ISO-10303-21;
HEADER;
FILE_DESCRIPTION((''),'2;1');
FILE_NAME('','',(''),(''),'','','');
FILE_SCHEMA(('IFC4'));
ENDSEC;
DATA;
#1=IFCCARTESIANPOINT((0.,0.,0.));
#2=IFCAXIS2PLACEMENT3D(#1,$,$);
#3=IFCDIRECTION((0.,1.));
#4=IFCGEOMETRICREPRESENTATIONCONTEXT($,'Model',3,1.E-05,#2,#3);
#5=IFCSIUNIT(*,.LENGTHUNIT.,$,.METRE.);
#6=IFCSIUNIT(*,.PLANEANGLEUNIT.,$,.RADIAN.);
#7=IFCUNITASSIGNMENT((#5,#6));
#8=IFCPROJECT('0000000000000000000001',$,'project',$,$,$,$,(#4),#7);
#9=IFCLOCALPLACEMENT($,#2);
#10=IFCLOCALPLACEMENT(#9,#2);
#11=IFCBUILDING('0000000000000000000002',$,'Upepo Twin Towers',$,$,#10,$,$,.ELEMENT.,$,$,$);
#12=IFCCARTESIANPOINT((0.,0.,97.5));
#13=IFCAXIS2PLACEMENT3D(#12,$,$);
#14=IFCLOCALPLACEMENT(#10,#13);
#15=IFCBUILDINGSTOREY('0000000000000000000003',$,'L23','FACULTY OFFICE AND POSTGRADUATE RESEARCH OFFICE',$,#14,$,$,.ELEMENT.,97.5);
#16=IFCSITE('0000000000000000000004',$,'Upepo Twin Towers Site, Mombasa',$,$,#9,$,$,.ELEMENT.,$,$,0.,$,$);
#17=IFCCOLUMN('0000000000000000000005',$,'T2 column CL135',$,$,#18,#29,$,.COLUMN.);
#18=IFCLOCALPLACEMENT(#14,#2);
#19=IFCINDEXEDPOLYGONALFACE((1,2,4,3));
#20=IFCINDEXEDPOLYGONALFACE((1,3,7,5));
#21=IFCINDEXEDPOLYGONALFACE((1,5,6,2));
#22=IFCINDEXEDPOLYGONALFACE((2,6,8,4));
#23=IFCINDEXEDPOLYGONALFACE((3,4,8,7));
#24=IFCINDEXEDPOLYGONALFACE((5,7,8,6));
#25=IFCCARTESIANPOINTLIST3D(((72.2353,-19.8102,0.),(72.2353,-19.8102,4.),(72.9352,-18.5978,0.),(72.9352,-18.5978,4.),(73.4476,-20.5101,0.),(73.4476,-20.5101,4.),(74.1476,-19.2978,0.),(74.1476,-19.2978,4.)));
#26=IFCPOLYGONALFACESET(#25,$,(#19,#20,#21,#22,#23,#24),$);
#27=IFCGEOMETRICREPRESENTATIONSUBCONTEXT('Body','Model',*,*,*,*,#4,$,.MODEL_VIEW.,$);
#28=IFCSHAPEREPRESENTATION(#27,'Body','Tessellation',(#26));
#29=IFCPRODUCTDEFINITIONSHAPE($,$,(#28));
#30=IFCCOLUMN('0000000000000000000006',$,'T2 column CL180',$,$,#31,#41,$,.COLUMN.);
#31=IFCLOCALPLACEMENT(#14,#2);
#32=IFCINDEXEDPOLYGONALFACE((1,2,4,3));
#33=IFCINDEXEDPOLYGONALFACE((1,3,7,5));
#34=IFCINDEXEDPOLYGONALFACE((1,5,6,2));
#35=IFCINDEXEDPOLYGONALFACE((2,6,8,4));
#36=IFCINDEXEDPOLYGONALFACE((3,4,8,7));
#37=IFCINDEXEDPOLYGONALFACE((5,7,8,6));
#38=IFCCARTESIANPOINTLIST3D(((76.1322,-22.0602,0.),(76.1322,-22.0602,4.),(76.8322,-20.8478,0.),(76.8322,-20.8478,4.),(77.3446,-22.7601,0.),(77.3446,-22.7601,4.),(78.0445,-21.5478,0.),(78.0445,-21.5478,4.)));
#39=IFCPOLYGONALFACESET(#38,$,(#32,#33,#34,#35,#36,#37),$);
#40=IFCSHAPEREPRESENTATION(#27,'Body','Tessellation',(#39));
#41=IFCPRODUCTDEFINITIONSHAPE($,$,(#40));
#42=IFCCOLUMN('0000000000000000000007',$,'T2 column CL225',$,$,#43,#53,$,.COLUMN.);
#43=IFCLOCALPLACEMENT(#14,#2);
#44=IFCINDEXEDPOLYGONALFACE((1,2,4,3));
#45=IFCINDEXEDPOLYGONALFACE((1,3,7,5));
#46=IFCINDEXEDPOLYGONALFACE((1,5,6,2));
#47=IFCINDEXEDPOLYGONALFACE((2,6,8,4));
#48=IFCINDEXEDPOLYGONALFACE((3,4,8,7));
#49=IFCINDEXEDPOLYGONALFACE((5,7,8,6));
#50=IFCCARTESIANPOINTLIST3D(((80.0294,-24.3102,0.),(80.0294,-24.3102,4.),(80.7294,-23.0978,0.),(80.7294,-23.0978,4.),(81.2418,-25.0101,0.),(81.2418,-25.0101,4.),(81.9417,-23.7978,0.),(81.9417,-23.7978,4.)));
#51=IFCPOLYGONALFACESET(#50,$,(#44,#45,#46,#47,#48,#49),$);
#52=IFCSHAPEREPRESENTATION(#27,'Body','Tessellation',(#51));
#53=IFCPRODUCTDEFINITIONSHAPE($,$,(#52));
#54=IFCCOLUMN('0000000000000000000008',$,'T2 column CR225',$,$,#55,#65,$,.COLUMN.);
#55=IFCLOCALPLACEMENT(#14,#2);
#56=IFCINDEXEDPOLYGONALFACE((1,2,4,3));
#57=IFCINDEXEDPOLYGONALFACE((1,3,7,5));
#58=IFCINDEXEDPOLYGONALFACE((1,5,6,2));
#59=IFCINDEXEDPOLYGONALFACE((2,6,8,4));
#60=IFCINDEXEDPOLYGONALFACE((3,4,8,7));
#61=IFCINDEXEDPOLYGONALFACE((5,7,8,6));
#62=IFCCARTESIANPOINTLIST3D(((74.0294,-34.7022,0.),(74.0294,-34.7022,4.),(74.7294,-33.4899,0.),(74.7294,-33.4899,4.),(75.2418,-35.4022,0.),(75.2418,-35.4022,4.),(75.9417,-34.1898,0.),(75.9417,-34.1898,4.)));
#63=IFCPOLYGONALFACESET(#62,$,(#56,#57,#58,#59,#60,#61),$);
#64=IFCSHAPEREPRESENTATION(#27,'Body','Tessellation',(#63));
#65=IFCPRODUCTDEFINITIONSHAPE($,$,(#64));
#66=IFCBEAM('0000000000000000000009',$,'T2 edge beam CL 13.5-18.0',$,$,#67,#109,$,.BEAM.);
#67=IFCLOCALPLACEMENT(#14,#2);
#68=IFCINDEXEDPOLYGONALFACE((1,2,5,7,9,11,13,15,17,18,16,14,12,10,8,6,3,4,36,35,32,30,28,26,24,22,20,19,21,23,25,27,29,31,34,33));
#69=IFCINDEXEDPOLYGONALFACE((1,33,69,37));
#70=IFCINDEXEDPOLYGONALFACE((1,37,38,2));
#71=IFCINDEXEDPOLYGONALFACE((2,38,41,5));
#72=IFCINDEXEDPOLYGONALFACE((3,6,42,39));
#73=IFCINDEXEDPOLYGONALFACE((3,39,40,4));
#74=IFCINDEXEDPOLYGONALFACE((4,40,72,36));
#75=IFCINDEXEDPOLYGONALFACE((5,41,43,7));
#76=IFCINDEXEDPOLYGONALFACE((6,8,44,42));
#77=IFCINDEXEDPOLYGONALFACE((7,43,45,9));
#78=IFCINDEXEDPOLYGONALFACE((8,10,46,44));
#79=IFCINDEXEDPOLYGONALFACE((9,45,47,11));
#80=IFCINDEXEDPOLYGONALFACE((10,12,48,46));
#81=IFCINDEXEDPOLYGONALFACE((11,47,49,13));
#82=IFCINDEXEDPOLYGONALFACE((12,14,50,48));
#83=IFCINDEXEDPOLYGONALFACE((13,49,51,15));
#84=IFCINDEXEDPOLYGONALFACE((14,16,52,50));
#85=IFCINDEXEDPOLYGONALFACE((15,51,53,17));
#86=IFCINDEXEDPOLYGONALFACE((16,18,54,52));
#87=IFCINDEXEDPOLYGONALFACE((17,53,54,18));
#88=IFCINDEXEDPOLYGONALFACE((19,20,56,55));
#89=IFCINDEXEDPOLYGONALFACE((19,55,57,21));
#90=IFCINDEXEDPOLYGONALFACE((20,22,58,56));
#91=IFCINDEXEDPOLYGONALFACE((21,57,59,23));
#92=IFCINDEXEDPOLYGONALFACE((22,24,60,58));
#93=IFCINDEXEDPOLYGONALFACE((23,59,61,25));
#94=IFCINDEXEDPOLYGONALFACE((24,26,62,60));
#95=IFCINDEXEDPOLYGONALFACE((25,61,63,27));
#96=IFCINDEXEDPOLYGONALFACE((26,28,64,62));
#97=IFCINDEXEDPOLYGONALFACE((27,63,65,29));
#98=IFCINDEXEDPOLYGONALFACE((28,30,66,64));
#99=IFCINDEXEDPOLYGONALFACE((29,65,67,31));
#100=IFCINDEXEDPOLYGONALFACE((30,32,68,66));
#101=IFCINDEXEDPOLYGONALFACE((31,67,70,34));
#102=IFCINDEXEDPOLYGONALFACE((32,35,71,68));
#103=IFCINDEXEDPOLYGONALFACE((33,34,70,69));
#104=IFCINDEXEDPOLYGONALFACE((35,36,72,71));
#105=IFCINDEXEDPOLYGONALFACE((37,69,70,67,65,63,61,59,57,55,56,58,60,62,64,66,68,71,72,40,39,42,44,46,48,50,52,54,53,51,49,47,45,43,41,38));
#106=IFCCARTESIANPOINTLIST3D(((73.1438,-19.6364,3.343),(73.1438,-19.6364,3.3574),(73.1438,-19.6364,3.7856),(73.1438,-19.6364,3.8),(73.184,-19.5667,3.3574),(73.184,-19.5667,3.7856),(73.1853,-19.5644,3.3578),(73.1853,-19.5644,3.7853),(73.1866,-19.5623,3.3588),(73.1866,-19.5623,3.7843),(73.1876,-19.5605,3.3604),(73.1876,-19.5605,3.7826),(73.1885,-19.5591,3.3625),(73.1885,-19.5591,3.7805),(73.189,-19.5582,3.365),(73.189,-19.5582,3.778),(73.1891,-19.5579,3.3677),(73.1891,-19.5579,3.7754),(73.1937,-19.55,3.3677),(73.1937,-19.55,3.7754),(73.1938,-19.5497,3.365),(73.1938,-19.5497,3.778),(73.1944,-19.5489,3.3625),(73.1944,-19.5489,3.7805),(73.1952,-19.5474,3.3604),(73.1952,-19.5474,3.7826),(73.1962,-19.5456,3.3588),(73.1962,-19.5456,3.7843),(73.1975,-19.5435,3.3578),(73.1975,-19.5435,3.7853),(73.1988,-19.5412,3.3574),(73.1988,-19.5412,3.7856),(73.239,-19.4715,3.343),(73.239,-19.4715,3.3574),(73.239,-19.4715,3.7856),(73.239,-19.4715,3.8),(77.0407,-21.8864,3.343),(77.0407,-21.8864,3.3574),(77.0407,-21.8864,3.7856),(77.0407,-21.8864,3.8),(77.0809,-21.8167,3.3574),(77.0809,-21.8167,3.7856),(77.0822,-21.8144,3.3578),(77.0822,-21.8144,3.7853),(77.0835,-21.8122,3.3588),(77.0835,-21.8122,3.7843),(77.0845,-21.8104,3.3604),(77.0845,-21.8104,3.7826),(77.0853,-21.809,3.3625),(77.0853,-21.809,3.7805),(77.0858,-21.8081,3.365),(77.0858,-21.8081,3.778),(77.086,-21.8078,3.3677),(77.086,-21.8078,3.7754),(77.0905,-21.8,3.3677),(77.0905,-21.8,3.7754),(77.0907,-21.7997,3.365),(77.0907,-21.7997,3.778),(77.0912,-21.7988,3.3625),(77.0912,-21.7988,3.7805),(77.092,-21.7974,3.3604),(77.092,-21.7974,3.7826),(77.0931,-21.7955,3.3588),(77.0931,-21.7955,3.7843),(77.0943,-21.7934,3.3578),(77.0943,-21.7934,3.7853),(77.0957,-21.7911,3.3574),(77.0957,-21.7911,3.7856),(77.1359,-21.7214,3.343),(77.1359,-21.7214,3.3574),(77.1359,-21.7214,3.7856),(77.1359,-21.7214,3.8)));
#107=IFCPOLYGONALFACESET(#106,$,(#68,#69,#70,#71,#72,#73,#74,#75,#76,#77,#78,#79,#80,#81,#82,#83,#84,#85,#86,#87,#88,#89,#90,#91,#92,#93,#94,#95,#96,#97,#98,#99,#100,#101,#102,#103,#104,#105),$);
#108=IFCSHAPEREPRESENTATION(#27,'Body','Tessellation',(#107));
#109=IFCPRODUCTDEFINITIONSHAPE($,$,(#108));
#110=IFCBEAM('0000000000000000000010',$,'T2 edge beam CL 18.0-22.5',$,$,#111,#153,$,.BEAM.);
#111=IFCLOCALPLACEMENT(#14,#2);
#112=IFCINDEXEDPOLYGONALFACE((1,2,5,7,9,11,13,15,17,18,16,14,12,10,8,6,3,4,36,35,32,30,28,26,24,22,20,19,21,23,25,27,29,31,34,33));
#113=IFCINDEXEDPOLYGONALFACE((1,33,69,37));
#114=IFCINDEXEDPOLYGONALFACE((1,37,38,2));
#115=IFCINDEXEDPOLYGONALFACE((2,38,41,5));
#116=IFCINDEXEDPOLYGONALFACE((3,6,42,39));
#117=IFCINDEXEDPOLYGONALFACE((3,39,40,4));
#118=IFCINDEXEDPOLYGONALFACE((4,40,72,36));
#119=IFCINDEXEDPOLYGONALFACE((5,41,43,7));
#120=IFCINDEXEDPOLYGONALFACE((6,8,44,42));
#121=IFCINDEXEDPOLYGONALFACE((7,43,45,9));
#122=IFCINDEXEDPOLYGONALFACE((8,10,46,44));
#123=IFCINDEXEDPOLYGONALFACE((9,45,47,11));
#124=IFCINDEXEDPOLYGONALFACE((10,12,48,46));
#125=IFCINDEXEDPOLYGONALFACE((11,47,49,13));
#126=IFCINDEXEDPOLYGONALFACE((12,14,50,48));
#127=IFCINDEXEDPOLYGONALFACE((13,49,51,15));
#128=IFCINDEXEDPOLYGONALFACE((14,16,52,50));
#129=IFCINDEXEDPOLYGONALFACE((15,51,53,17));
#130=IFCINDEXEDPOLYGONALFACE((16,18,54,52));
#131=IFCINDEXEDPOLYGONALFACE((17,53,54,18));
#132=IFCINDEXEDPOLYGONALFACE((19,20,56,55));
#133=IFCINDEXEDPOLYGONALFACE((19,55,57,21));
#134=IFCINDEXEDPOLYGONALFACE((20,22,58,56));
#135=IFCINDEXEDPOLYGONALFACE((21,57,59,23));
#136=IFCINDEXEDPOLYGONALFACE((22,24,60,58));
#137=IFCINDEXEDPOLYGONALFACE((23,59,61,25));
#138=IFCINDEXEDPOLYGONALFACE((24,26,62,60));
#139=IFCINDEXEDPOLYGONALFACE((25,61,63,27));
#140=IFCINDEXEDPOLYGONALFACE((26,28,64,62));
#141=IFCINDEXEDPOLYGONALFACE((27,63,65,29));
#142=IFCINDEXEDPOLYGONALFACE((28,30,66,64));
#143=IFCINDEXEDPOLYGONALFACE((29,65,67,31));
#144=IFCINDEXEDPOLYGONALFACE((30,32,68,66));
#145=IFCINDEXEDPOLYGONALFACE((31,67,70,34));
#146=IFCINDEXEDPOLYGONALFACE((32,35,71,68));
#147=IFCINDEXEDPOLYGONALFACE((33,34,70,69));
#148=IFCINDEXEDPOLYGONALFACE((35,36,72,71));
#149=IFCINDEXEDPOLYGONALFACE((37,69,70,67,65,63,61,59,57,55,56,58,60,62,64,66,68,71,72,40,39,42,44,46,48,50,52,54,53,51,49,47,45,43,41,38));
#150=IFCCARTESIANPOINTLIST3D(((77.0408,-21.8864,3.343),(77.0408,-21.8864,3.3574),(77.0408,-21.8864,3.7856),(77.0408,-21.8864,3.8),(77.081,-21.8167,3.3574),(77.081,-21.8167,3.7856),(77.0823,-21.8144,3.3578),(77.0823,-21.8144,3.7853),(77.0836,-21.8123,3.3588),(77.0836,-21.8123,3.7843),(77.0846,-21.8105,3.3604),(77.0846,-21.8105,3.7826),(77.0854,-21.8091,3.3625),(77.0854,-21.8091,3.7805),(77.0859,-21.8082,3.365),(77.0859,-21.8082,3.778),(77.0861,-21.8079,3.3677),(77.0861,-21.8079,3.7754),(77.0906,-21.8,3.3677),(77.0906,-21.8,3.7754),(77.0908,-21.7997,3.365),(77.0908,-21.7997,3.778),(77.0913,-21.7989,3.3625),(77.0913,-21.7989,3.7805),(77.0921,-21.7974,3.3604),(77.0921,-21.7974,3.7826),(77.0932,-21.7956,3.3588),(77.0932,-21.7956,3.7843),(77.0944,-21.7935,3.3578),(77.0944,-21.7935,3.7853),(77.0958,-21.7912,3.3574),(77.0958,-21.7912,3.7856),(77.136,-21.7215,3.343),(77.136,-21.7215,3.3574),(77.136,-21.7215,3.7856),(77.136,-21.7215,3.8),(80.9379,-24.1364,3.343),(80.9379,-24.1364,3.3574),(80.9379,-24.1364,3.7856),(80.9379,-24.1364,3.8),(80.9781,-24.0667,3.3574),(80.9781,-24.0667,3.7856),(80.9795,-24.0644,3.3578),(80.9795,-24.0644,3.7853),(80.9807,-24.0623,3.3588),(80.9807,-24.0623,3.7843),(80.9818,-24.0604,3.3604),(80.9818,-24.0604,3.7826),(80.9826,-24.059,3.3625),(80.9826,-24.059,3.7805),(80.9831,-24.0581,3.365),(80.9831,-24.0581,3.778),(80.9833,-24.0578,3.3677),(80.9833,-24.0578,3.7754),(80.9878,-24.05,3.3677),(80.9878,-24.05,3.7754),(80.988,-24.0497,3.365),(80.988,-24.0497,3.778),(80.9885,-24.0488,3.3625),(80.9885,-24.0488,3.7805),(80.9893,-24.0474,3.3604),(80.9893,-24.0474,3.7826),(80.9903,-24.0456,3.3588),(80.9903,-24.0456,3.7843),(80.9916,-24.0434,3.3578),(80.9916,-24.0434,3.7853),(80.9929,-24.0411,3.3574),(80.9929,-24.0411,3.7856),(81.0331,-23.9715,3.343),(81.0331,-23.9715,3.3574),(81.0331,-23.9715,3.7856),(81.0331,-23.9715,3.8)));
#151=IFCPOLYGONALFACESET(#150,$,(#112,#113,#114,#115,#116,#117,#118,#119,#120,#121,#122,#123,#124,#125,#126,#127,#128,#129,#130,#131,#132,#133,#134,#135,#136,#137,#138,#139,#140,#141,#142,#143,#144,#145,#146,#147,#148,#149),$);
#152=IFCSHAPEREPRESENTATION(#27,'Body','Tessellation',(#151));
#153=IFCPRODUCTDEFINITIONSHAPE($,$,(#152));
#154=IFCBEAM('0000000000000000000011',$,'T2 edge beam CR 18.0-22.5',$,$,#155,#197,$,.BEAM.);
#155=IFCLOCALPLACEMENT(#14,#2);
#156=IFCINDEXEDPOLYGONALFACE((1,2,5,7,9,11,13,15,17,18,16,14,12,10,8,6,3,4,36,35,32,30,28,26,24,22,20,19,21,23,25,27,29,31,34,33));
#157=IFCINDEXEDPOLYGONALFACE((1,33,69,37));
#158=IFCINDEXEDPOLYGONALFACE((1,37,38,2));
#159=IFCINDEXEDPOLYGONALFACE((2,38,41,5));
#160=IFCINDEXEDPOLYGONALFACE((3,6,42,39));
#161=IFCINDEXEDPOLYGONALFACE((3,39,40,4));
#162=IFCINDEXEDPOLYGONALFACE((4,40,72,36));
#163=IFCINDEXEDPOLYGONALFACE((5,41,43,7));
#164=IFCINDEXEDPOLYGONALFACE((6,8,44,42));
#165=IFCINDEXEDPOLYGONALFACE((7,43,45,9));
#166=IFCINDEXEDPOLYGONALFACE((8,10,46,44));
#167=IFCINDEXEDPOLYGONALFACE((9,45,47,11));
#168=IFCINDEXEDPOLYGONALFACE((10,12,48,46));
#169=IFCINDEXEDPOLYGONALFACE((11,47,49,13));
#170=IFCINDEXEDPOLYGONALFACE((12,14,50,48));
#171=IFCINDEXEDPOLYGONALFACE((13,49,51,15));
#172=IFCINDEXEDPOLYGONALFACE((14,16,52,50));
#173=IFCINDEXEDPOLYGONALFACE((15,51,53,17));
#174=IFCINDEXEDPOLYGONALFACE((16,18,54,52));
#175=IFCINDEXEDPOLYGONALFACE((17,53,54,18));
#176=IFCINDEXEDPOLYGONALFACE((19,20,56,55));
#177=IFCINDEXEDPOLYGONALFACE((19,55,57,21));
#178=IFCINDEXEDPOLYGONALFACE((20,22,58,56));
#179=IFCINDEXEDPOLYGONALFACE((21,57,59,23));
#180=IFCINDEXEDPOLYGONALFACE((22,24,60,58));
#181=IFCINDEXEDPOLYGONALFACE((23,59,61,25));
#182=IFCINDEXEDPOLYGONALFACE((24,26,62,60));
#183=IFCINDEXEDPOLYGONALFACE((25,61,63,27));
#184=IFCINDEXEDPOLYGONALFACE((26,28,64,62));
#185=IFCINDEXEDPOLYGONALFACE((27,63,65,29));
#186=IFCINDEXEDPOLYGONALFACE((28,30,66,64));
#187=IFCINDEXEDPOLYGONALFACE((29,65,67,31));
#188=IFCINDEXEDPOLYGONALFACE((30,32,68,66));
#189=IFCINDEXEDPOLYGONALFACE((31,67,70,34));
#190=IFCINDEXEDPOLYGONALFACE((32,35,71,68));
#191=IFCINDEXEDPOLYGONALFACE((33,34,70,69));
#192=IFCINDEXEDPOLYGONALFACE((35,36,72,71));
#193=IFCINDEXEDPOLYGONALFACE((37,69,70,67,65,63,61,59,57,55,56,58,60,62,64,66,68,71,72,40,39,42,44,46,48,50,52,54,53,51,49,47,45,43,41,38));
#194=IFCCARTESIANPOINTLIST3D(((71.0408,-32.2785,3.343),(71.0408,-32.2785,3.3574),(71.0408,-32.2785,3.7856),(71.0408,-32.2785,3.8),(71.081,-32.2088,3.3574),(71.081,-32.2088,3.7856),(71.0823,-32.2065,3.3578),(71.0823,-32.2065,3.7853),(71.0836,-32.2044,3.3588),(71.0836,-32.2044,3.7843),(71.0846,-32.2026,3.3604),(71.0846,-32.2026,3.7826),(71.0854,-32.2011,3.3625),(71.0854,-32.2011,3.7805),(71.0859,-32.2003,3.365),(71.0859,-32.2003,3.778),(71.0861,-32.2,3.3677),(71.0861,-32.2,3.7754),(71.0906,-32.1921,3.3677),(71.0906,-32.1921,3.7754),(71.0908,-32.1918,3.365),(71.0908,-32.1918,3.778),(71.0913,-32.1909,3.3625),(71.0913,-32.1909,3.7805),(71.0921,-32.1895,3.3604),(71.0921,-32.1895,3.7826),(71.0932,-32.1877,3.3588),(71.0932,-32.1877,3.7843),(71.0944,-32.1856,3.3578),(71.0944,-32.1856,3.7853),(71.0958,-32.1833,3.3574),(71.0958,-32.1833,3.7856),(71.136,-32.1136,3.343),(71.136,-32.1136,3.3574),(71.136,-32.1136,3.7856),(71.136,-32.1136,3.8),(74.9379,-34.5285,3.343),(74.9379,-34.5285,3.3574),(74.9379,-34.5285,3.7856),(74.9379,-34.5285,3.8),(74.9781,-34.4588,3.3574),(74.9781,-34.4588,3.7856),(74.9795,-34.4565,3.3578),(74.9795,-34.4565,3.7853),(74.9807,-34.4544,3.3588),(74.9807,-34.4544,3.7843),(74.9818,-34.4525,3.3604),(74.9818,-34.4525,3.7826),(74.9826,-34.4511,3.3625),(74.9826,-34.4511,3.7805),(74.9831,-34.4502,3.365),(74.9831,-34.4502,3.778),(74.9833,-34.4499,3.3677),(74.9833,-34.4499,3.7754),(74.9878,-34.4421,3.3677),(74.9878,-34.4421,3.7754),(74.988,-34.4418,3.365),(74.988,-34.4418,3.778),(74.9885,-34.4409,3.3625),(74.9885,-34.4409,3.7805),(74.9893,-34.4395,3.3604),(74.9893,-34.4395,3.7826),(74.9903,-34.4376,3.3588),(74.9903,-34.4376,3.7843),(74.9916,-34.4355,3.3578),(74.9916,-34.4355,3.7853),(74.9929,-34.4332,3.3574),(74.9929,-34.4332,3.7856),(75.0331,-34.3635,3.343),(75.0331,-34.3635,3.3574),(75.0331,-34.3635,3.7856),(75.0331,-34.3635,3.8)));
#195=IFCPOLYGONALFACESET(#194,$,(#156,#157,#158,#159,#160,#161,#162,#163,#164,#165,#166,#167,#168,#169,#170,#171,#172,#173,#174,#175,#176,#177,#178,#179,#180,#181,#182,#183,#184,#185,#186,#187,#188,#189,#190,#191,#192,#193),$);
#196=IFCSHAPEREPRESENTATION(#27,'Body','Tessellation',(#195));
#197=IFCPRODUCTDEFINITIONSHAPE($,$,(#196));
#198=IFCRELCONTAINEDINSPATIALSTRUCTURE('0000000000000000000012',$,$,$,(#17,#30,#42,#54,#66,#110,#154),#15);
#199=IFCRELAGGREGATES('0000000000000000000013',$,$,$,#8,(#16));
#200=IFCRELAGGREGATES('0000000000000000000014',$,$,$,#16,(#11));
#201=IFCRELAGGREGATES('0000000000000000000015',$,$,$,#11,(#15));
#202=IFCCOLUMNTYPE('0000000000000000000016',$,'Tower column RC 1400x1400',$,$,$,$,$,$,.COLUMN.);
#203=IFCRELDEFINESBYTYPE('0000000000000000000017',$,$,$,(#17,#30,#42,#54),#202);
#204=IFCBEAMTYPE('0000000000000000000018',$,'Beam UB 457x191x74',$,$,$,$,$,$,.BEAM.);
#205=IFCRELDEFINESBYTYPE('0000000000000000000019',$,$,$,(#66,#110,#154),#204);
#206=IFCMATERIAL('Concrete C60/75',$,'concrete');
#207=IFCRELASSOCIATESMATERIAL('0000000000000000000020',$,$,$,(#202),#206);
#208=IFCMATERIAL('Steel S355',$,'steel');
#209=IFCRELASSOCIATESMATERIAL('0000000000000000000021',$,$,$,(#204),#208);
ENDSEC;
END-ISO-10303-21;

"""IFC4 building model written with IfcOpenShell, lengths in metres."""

from ifc_helpers import new_model, si_unit, direction, frame, origin, origin_2d, place, context, subcontext, project, spatial, rectangle, i_section, extrude, material, material_profile, profile_set, type_object, element, save


model = new_model("IFC4")

# Units and contexts
model_context = context("Model", 3, precision=1e-05, world=origin(), true_north=direction((0.0, 1.0)))
body_context = subcontext(model_context, "Body", "Model", "MODEL_VIEW")
ifc_project = project(units=[si_unit("LENGTHUNIT", "METRE"), si_unit("PLANEANGLEUNIT", "RADIAN")], contexts=[model_context])

# Site, building, storey
site_placement = place(None, origin())
site = spatial("IfcSite", under=ifc_project, at=site_placement, Name="Upepo Twin Towers Site, Mombasa", CompositionType="ELEMENT", RefElevation=0.0)
building_placement = place(site_placement, origin())
building = spatial("IfcBuilding", under=site, at=building_placement, Name="Upepo Twin Towers", CompositionType="ELEMENT")
storey_placement = place(building_placement, frame((0.0, 0.0, 97.5)))
storey = spatial("IfcBuildingStorey", under=building, at=storey_placement, Name="L23", Description="FACULTY OFFICE AND POSTGRADUATE RESEARCH OFFICE", CompositionType="ELEMENT", Elevation=97.5)

# Columns
ifc_material_1 = material(Name="Concrete C60/75", Category="concrete")
ifc_material_profile_1 = material_profile(ifc_material_1, rectangle(XDim=1.3999, YDim=1.3999, at=origin_2d()), Name="RC 1400x1400")
ifc_profile_set_1 = profile_set([ifc_material_profile_1], Name="Concrete C60/75")
column_type = type_object("IfcColumnType", Name="Tower column RC 1400x1400", PredefinedType="COLUMN", material=ifc_profile_set_1)
for number, where, z_axis, x_axis, name in (
    (1, (73.1914, -19.554, 0.0), (0.0, 0.0, 1.0), (0.5, 0.866025, 0.0), "T2 column CL135"),
    (2, (77.0884, -21.804, 0.0), (0.0, 0.0, 1.0), (0.5, 0.866025, 0.0), "T2 column CL180"),
    (3, (80.9856, -24.054, 0.0), (0.0, 0.0, 1.0), (0.5, 0.866025, 0.0), "T2 column CL225"),
    (4, (74.9856, -34.446, 0.0), (0.0, 0.0, 1.0), (0.5, 0.866025, 0.0), "T2 column CR225"),
):
    element("IfcColumn", number, at=place(storey_placement, frame(where, z_axis=z_axis, x_axis=x_axis)), inside=storey, type_object=column_type, Name=name, PredefinedType="COLUMN", context=body_context, shape_type="SweptSolid", body=[
        extrude(rectangle(XDim=1.3999, YDim=1.3999, at=origin_2d()), origin(), (0.0, 0.0, 1.0), 4.0),
    ])

# Beams
ifc_material_2 = material(Name="Steel S355", Category="steel")
ifc_material_profile_2 = material_profile(ifc_material_2, i_section(OverallWidth=0.1904, OverallDepth=0.457, WebThickness=0.009, FlangeThickness=0.0144, FilletRadius=0.0103, at=origin_2d()), Name="UB 457x191x74")
ifc_profile_set_2 = profile_set([ifc_material_profile_2], Name="Steel S355")
beam_type_1 = type_object("IfcBeamType", Name="Beam UB 457x191x74", PredefinedType="BEAM", material=ifc_profile_set_2)
beam_1_placement = place(storey_placement, frame((73.1914, -19.554, 3.5715), z_axis=(0.866018, -0.500014, 0.0), x_axis=(0.500014, 0.866018, 0.0)))
element("IfcBeam", 5, at=beam_1_placement, inside=storey, type_object=beam_type_1, Name="T2 edge beam CL 13.5-18.0", PredefinedType="BEAM", context=body_context, shape_type="SweptSolid", body=[
    extrude(i_section(OverallWidth=0.1904, OverallDepth=0.457, WebThickness=0.009, FlangeThickness=0.0144, FilletRadius=0.0103, at=origin_2d()), origin(), (0.0, 0.0, 1.0), 4.4998),
])
for number, where, z_axis, x_axis, name in (
    (6, (77.0884, -21.804, 3.5715), (0.866031, -0.49999, 0.0), (0.49999, 0.866031, 0.0), "T2 edge beam CL 18.0-22.5"),
    (7, (71.0884, -32.196, 3.5715), (0.866031, -0.49999, 0.0), (0.49999, 0.866031, 0.0), "T2 edge beam CR 18.0-22.5"),
):
    element("IfcBeam", number, at=place(storey_placement, frame(where, z_axis=z_axis, x_axis=x_axis)), inside=storey, type_object=beam_type_1, Name=name, PredefinedType="BEAM", context=body_context, shape_type="SweptSolid", body=[
        extrude(i_section(OverallWidth=0.1904, OverallDepth=0.457, WebThickness=0.009, FlangeThickness=0.0144, FilletRadius=0.0103, at=origin_2d()), origin(), (0.0, 0.0, 1.0), 4.5),
    ])

save(model, "model.ifc")
